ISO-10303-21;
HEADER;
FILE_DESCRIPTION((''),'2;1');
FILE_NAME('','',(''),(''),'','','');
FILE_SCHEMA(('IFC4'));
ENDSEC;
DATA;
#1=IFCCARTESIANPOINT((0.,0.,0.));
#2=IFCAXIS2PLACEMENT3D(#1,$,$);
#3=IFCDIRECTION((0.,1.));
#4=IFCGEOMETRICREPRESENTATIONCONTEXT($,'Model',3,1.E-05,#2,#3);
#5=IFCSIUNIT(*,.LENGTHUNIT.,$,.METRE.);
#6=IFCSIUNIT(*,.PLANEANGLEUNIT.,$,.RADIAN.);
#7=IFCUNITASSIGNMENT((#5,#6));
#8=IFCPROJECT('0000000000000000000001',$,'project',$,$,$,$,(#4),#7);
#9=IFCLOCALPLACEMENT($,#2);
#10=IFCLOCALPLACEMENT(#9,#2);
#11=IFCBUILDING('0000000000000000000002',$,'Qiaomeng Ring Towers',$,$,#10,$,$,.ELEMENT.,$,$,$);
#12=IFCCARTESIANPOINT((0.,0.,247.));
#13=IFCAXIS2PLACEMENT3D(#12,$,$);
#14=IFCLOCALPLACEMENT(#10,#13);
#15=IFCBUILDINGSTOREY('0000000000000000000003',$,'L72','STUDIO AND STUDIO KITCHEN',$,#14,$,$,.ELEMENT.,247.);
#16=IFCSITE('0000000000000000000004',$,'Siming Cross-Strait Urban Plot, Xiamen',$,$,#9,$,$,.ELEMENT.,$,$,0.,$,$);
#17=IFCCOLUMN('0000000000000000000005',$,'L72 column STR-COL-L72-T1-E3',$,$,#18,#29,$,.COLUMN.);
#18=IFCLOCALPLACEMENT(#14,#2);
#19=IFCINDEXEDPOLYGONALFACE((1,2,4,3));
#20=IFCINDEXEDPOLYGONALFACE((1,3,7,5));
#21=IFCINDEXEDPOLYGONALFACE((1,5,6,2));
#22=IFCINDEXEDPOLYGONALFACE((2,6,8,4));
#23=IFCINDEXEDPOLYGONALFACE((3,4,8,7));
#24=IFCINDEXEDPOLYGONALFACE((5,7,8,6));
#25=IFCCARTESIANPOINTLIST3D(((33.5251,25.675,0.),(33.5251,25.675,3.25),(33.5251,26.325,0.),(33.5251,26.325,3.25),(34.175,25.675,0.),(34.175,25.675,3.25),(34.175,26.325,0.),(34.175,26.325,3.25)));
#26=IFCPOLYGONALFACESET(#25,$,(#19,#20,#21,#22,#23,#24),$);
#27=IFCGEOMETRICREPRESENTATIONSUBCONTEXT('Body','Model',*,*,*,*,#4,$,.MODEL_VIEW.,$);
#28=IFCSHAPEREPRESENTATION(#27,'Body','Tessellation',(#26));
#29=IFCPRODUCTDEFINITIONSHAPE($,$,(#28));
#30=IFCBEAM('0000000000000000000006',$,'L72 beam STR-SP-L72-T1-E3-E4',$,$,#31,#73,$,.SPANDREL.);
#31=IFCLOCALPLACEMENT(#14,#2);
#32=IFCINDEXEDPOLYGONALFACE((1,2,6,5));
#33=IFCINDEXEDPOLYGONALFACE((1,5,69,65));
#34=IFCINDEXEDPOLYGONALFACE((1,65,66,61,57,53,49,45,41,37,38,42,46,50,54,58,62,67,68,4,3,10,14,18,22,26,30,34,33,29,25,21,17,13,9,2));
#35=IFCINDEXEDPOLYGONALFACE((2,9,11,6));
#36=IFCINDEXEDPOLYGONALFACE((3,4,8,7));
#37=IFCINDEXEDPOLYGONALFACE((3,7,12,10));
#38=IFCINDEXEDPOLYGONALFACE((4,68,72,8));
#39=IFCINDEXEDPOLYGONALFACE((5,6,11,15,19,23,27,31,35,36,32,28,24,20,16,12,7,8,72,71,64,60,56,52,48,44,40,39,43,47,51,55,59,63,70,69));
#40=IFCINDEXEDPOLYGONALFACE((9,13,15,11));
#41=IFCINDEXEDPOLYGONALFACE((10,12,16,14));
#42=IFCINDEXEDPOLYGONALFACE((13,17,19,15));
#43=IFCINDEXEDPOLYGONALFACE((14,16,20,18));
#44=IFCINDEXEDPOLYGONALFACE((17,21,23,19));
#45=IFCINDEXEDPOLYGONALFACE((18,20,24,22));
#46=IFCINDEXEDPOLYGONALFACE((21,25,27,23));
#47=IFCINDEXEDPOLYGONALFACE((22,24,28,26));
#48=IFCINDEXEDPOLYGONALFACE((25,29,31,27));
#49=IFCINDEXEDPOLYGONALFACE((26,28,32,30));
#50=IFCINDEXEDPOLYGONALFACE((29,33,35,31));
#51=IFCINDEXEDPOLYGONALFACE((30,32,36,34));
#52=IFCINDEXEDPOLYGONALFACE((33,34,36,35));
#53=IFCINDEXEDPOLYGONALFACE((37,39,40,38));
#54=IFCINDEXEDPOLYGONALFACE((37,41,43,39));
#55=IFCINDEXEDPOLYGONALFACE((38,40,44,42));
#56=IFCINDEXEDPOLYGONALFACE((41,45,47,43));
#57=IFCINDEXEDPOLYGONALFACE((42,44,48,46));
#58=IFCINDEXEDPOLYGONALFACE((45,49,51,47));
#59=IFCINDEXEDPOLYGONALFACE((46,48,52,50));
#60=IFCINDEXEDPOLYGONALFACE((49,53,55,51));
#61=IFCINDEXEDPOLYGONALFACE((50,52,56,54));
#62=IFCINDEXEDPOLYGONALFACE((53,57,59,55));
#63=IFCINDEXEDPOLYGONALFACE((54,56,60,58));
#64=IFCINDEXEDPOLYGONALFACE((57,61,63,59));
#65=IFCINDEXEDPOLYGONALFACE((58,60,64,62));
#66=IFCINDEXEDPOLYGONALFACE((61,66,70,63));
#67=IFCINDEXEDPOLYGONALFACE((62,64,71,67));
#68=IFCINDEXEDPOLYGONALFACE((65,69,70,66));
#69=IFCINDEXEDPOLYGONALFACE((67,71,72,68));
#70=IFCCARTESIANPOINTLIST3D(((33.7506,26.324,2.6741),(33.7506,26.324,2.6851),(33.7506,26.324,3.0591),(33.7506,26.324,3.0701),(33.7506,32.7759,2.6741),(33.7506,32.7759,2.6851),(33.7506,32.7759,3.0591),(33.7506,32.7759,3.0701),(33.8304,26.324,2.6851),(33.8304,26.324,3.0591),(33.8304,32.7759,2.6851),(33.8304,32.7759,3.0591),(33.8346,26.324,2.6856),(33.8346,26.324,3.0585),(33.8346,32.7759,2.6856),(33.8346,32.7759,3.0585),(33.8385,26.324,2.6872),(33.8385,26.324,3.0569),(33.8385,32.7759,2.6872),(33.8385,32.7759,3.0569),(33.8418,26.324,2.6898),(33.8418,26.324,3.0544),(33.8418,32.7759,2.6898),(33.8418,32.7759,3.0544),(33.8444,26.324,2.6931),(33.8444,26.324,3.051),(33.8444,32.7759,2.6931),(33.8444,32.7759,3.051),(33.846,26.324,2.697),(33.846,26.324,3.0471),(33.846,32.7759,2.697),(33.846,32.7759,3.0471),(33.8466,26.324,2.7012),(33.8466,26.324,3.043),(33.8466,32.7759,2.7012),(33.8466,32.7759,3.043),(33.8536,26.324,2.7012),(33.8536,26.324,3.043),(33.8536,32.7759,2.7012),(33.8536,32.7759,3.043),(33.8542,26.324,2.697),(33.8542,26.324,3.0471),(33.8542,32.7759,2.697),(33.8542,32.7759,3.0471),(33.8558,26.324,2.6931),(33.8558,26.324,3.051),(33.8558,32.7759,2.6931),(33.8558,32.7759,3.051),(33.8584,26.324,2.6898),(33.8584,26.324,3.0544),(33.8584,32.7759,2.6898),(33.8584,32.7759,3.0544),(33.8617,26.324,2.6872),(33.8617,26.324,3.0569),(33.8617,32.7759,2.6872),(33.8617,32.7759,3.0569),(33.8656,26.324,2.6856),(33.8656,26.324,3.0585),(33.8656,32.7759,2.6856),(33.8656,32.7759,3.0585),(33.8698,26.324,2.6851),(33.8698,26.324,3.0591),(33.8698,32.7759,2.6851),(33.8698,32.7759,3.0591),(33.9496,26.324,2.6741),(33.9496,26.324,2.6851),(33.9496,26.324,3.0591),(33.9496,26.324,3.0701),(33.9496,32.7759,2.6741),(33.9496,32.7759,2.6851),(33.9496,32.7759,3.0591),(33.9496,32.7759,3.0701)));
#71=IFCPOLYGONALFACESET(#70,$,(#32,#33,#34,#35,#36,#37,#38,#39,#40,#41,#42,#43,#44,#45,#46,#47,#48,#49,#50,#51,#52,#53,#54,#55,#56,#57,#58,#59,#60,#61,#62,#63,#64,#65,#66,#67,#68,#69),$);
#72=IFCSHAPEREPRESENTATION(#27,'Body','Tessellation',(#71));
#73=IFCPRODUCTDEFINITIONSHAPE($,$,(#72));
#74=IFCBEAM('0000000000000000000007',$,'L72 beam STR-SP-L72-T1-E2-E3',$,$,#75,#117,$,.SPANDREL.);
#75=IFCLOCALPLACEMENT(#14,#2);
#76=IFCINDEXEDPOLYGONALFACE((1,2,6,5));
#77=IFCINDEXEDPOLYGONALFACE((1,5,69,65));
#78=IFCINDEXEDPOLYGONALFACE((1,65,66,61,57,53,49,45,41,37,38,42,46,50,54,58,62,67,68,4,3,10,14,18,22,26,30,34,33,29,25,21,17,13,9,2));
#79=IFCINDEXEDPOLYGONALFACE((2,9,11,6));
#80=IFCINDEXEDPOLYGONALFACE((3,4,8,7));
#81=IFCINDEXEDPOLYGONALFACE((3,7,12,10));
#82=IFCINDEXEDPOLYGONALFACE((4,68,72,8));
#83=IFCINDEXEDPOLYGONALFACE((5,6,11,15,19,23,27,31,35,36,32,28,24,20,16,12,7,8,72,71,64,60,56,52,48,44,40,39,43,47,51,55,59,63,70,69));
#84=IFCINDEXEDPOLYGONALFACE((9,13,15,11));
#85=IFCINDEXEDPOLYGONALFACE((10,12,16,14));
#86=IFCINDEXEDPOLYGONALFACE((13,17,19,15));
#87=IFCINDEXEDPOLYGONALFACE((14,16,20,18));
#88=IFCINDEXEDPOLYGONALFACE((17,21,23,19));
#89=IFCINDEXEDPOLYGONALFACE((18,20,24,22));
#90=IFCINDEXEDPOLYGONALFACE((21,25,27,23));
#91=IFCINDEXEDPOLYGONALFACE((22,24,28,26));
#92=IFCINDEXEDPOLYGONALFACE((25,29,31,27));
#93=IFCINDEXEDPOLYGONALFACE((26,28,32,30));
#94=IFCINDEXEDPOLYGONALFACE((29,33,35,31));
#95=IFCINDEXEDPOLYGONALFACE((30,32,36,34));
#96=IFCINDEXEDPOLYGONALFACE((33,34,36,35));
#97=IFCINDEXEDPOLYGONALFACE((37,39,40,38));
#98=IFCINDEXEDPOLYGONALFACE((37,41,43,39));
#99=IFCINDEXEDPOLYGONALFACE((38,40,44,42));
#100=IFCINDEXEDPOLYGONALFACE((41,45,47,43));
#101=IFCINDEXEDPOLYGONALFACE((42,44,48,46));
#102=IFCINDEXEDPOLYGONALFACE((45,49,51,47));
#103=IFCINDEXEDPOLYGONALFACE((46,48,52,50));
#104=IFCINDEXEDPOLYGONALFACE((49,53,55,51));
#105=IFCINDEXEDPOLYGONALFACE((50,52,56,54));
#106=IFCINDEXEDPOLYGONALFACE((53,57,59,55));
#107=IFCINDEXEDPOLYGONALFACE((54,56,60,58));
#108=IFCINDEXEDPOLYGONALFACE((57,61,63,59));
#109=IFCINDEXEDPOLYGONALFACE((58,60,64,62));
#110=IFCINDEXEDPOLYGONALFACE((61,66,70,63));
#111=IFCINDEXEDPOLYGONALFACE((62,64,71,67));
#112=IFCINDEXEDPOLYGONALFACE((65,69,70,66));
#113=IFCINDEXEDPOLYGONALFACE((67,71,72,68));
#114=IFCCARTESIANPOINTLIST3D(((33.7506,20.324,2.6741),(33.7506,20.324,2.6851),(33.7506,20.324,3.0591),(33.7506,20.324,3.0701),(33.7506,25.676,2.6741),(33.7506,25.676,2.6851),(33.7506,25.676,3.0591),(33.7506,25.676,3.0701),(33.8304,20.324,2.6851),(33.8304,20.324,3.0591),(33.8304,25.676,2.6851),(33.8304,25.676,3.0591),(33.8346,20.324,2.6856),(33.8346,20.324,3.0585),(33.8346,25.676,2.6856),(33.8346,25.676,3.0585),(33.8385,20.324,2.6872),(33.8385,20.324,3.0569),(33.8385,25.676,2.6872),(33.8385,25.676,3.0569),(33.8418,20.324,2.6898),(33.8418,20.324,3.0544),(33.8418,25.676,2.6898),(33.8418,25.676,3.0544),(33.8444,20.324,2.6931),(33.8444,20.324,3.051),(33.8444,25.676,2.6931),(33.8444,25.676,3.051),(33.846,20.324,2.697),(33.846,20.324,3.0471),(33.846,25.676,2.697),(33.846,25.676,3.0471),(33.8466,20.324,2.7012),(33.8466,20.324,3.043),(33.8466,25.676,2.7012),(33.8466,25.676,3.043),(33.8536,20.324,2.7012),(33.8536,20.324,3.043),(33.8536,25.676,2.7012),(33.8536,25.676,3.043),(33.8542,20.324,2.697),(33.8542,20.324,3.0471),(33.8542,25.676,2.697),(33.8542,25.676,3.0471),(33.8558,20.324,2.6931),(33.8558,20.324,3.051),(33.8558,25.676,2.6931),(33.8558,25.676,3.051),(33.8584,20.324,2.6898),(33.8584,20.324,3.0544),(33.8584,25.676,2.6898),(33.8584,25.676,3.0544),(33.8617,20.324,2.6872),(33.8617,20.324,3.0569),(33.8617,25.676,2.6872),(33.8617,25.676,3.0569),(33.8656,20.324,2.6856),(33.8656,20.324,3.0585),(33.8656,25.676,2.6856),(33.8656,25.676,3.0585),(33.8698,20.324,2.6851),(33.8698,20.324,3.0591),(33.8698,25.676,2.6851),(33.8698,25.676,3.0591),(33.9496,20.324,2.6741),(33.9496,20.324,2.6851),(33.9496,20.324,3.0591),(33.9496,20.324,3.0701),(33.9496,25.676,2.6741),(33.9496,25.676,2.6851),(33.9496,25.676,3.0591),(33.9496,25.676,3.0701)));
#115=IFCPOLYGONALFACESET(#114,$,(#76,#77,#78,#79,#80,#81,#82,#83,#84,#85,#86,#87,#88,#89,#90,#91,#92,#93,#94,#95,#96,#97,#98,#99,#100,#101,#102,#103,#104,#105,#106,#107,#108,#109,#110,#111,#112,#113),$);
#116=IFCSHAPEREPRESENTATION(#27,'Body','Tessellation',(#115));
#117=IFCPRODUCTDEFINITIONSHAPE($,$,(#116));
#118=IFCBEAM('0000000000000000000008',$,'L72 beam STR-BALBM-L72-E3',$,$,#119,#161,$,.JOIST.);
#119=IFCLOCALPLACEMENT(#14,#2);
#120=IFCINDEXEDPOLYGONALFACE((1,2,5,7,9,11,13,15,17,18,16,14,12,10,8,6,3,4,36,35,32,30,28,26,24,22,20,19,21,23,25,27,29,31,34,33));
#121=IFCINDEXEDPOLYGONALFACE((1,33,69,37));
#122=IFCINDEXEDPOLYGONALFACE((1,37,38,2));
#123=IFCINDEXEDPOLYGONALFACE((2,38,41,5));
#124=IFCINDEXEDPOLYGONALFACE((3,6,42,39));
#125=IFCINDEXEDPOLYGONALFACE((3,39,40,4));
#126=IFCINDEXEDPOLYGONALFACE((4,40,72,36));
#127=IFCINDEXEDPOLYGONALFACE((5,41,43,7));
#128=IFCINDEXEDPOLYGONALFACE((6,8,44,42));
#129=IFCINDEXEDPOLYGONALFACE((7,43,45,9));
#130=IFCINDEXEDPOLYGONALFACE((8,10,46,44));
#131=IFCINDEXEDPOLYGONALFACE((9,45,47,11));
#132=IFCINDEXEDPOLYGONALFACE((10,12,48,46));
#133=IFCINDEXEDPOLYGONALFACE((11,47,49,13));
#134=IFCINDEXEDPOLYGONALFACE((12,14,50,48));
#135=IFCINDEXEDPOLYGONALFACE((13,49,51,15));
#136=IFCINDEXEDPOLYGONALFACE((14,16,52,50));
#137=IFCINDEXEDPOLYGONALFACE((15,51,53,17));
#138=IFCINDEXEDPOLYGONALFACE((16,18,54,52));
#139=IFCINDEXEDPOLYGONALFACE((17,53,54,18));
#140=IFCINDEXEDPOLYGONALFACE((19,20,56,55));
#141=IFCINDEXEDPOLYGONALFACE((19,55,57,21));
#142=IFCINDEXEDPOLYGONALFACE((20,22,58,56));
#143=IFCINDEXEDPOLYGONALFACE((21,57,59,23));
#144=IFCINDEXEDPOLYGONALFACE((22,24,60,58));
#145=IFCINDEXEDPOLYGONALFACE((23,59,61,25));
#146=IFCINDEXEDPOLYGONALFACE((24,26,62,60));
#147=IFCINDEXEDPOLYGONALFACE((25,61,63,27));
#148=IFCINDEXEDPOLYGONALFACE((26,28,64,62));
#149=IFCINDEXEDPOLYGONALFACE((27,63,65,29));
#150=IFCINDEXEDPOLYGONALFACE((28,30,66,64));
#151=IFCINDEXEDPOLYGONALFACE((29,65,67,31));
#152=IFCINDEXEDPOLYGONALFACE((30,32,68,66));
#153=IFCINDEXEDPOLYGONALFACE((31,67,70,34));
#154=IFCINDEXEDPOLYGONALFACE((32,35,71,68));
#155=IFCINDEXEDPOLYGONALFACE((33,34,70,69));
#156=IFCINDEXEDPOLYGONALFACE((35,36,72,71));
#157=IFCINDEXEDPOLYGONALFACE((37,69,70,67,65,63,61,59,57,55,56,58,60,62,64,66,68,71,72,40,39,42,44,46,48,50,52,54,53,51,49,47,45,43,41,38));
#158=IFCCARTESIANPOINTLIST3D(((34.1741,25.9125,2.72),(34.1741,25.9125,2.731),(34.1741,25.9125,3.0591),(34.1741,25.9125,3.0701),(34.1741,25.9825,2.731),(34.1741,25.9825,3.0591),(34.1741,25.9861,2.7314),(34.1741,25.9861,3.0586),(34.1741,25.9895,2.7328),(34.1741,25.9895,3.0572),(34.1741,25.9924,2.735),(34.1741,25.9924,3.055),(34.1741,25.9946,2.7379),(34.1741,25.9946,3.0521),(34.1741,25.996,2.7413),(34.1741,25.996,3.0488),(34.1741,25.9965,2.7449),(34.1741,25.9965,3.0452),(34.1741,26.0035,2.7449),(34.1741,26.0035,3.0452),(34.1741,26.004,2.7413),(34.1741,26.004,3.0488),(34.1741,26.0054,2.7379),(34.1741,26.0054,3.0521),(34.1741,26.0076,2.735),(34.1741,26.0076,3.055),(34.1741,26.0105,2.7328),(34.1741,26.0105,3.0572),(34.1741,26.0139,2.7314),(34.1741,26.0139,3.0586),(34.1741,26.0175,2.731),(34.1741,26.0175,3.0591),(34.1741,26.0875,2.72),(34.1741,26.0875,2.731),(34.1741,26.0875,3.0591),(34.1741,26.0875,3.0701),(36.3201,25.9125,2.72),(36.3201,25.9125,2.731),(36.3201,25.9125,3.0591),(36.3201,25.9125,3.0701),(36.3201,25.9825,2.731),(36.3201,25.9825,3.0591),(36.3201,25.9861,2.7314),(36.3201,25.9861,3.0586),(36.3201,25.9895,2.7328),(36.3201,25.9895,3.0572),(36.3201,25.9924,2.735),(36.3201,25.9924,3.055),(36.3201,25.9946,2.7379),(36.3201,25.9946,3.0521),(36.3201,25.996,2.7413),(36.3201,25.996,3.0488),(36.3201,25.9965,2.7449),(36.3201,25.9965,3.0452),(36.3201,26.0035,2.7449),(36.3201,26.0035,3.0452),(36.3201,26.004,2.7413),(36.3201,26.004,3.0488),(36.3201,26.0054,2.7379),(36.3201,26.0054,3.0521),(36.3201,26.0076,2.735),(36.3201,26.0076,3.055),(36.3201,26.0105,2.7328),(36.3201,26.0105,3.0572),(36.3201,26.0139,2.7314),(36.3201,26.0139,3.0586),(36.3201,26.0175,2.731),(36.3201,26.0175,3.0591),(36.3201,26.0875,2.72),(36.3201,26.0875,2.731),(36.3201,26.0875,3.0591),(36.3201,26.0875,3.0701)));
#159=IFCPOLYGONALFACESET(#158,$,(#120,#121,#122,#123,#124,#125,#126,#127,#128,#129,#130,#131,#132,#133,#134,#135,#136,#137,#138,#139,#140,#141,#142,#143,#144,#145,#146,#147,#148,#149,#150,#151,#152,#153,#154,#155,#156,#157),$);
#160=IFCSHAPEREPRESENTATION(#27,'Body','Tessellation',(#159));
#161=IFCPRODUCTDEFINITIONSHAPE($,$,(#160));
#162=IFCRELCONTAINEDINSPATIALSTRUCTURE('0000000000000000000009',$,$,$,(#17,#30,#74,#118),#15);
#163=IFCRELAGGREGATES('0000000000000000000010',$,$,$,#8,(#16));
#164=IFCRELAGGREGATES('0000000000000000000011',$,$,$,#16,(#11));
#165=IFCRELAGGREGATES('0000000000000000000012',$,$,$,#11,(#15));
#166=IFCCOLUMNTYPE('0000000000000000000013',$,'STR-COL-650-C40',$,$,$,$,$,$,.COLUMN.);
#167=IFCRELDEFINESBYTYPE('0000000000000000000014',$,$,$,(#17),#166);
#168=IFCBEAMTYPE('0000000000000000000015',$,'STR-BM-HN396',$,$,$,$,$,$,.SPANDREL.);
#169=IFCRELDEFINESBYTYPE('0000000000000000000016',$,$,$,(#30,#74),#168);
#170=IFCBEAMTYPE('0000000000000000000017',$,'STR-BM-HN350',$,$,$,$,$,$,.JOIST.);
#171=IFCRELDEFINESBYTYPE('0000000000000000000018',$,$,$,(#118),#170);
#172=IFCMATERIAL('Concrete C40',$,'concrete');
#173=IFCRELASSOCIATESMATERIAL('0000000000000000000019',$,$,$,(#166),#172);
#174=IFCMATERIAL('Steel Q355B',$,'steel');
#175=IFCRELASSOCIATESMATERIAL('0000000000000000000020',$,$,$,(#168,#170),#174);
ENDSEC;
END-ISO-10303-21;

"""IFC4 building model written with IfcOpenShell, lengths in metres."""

from ifc_helpers import new_model, si_unit, direction, frame, origin, origin_2d, place, context, subcontext, project, spatial, rectangle, i_section, extrude, source, transform, mapped, material, material_profile, profile_set, type_object, element, save


model = new_model("IFC4")

# Units and contexts
model_context = context("Model", 3, precision=1e-05, world=origin(), true_north=direction((0.0, 1.0)))
body_context = subcontext(model_context, "Body", "Model", "MODEL_VIEW")
ifc_project = project(units=[si_unit("LENGTHUNIT", "METRE"), si_unit("PLANEANGLEUNIT", "RADIAN")], contexts=[model_context])

# Site, building, storey
site_placement = place(None, origin())
site = spatial("IfcSite", under=ifc_project, at=site_placement, Name="Siming Cross-Strait Urban Plot, Xiamen", CompositionType="ELEMENT", RefElevation=0.0)
building_placement = place(site_placement, origin())
building = spatial("IfcBuilding", under=site, at=building_placement, Name="Qiaomeng Ring Towers", CompositionType="ELEMENT")
storey_placement = place(building_placement, frame((0.0, 0.0, 247.0)))
storey = spatial("IfcBuildingStorey", under=building, at=storey_placement, Name="L72", Description="STUDIO AND STUDIO KITCHEN", CompositionType="ELEMENT", Elevation=247.0)

# Column
ifc_material_1 = material(Name="Concrete C40", Category="concrete")
ifc_material_profile_1 = material_profile(ifc_material_1, rectangle(XDim=0.6499, YDim=0.6499, at=origin_2d()), Name="RC COL 650x650")
ifc_profile_set_1 = profile_set([ifc_material_profile_1], Name="Concrete C40")
column_type = type_object("IfcColumnType", Name="STR-COL-650-C40", PredefinedType="COLUMN", material=ifc_profile_set_1)
shared_shape_1 = source(origin(), body_context, "Body", "SweptSolid", [
    extrude(rectangle(XDim=0.6499, YDim=0.6499, at=origin_2d()), origin(), (0.0, 0.0, 1.0), 3.25),
])
column_placement = place(storey_placement, frame((33.8501, 26.0, 0.0), z_axis=(0.0, 0.0, 1.0), x_axis=(1.0, 0.0, 0.0)))
element("IfcColumn", 1, at=column_placement, inside=storey, type_object=column_type, Name="L72 column STR-COL-L72-T1-E3", PredefinedType="COLUMN", context=body_context, shape_type="MappedRepresentation", body=[
    mapped(shared_shape_1, transform((0.0, 0.0, 0.0), x_axis=(1.0, 0.0, 0.0), y_axis=(0.0, 1.0, 0.0), z_axis=(0.0, 0.0, 1.0), scale=1.0)),
])

# Beams
ifc_material_2 = material(Name="Steel Q355B", Category="steel")
ifc_material_profile_2 = material_profile(ifc_material_2, i_section(OverallWidth=0.199, OverallDepth=0.396, WebThickness=0.0071, FlangeThickness=0.011, FilletRadius=0.0161, at=origin_2d()), Name="HN 396x199x7x11")
ifc_profile_set_2 = profile_set([ifc_material_profile_2], Name="Steel Q355B")
beam_type_1 = type_object("IfcBeamType", Name="STR-BM-HN396", PredefinedType="SPANDREL", material=ifc_profile_set_2)
shared_shape_2 = source(origin(), body_context, "Body", "SweptSolid", [
    extrude(i_section(OverallWidth=0.199, OverallDepth=0.396, WebThickness=0.0071, FlangeThickness=0.011, FilletRadius=0.0161, at=origin_2d()), origin(), (0.0, 0.0, 1.0), 6.4519),
])
beam_1_placement = place(storey_placement, frame((33.8501, 26.324, 2.8721), z_axis=(0.0, 1.0, 0.0), x_axis=(-1.0, 0.0, 0.0)))
element("IfcBeam", 2, at=beam_1_placement, inside=storey, type_object=beam_type_1, Name="L72 beam STR-SP-L72-T1-E3-E4", PredefinedType="SPANDREL", context=body_context, shape_type="MappedRepresentation", body=[
    mapped(shared_shape_2, transform((0.0, 0.0, 0.0), x_axis=(1.0, 0.0, 0.0), y_axis=(0.0, 1.0, 0.0), z_axis=(0.0, 0.0, 1.0), scale=1.0)),
])
shared_shape_3 = source(origin(), body_context, "Body", "SweptSolid", [
    extrude(i_section(OverallWidth=0.199, OverallDepth=0.396, WebThickness=0.0071, FlangeThickness=0.011, FilletRadius=0.0161, at=origin_2d()), origin(), (0.0, 0.0, 1.0), 5.3521),
])
beam_2_placement = place(storey_placement, frame((33.8501, 20.324, 2.8721), z_axis=(0.0, 1.0, 0.0), x_axis=(-1.0, 0.0, 0.0)))
element("IfcBeam", 3, at=beam_2_placement, inside=storey, type_object=beam_type_1, Name="L72 beam STR-SP-L72-T1-E2-E3", PredefinedType="SPANDREL", context=body_context, shape_type="MappedRepresentation", body=[
    mapped(shared_shape_3, transform((0.0, 0.0, 0.0), x_axis=(1.0, 0.0, 0.0), y_axis=(0.0, 1.0, 0.0), z_axis=(0.0, 0.0, 1.0), scale=1.0)),
])
ifc_material_profile_3 = material_profile(ifc_material_2, i_section(OverallWidth=0.175, OverallDepth=0.3501, WebThickness=0.0071, FlangeThickness=0.011, FilletRadius=0.0139, at=origin_2d()), Name="HN 350x175x7x11")
ifc_profile_set_3 = profile_set([ifc_material_profile_3], Name="Steel Q355B")
beam_type_2 = type_object("IfcBeamType", Name="STR-BM-HN350", PredefinedType="JOIST", material=ifc_profile_set_3)
shared_shape_4 = source(origin(), body_context, "Body", "SweptSolid", [
    extrude(i_section(OverallWidth=0.175, OverallDepth=0.3501, WebThickness=0.0071, FlangeThickness=0.011, FilletRadius=0.0139, at=origin_2d()), origin(), (0.0, 0.0, 1.0), 2.146),
])
beam_3_placement = place(storey_placement, frame((34.1741, 26.0, 2.895), z_axis=(1.0, 0.0, 0.0), x_axis=(0.0, 1.0, 0.0)))
element("IfcBeam", 4, at=beam_3_placement, inside=storey, type_object=beam_type_2, Name="L72 beam STR-BALBM-L72-E3", PredefinedType="JOIST", context=body_context, shape_type="MappedRepresentation", body=[
    mapped(shared_shape_4, transform((0.0, 0.0, 0.0), x_axis=(1.0, 0.0, 0.0), y_axis=(0.0, 1.0, 0.0), z_axis=(0.0, 0.0, 1.0), scale=1.0)),
])

save(model, "model.ifc")
